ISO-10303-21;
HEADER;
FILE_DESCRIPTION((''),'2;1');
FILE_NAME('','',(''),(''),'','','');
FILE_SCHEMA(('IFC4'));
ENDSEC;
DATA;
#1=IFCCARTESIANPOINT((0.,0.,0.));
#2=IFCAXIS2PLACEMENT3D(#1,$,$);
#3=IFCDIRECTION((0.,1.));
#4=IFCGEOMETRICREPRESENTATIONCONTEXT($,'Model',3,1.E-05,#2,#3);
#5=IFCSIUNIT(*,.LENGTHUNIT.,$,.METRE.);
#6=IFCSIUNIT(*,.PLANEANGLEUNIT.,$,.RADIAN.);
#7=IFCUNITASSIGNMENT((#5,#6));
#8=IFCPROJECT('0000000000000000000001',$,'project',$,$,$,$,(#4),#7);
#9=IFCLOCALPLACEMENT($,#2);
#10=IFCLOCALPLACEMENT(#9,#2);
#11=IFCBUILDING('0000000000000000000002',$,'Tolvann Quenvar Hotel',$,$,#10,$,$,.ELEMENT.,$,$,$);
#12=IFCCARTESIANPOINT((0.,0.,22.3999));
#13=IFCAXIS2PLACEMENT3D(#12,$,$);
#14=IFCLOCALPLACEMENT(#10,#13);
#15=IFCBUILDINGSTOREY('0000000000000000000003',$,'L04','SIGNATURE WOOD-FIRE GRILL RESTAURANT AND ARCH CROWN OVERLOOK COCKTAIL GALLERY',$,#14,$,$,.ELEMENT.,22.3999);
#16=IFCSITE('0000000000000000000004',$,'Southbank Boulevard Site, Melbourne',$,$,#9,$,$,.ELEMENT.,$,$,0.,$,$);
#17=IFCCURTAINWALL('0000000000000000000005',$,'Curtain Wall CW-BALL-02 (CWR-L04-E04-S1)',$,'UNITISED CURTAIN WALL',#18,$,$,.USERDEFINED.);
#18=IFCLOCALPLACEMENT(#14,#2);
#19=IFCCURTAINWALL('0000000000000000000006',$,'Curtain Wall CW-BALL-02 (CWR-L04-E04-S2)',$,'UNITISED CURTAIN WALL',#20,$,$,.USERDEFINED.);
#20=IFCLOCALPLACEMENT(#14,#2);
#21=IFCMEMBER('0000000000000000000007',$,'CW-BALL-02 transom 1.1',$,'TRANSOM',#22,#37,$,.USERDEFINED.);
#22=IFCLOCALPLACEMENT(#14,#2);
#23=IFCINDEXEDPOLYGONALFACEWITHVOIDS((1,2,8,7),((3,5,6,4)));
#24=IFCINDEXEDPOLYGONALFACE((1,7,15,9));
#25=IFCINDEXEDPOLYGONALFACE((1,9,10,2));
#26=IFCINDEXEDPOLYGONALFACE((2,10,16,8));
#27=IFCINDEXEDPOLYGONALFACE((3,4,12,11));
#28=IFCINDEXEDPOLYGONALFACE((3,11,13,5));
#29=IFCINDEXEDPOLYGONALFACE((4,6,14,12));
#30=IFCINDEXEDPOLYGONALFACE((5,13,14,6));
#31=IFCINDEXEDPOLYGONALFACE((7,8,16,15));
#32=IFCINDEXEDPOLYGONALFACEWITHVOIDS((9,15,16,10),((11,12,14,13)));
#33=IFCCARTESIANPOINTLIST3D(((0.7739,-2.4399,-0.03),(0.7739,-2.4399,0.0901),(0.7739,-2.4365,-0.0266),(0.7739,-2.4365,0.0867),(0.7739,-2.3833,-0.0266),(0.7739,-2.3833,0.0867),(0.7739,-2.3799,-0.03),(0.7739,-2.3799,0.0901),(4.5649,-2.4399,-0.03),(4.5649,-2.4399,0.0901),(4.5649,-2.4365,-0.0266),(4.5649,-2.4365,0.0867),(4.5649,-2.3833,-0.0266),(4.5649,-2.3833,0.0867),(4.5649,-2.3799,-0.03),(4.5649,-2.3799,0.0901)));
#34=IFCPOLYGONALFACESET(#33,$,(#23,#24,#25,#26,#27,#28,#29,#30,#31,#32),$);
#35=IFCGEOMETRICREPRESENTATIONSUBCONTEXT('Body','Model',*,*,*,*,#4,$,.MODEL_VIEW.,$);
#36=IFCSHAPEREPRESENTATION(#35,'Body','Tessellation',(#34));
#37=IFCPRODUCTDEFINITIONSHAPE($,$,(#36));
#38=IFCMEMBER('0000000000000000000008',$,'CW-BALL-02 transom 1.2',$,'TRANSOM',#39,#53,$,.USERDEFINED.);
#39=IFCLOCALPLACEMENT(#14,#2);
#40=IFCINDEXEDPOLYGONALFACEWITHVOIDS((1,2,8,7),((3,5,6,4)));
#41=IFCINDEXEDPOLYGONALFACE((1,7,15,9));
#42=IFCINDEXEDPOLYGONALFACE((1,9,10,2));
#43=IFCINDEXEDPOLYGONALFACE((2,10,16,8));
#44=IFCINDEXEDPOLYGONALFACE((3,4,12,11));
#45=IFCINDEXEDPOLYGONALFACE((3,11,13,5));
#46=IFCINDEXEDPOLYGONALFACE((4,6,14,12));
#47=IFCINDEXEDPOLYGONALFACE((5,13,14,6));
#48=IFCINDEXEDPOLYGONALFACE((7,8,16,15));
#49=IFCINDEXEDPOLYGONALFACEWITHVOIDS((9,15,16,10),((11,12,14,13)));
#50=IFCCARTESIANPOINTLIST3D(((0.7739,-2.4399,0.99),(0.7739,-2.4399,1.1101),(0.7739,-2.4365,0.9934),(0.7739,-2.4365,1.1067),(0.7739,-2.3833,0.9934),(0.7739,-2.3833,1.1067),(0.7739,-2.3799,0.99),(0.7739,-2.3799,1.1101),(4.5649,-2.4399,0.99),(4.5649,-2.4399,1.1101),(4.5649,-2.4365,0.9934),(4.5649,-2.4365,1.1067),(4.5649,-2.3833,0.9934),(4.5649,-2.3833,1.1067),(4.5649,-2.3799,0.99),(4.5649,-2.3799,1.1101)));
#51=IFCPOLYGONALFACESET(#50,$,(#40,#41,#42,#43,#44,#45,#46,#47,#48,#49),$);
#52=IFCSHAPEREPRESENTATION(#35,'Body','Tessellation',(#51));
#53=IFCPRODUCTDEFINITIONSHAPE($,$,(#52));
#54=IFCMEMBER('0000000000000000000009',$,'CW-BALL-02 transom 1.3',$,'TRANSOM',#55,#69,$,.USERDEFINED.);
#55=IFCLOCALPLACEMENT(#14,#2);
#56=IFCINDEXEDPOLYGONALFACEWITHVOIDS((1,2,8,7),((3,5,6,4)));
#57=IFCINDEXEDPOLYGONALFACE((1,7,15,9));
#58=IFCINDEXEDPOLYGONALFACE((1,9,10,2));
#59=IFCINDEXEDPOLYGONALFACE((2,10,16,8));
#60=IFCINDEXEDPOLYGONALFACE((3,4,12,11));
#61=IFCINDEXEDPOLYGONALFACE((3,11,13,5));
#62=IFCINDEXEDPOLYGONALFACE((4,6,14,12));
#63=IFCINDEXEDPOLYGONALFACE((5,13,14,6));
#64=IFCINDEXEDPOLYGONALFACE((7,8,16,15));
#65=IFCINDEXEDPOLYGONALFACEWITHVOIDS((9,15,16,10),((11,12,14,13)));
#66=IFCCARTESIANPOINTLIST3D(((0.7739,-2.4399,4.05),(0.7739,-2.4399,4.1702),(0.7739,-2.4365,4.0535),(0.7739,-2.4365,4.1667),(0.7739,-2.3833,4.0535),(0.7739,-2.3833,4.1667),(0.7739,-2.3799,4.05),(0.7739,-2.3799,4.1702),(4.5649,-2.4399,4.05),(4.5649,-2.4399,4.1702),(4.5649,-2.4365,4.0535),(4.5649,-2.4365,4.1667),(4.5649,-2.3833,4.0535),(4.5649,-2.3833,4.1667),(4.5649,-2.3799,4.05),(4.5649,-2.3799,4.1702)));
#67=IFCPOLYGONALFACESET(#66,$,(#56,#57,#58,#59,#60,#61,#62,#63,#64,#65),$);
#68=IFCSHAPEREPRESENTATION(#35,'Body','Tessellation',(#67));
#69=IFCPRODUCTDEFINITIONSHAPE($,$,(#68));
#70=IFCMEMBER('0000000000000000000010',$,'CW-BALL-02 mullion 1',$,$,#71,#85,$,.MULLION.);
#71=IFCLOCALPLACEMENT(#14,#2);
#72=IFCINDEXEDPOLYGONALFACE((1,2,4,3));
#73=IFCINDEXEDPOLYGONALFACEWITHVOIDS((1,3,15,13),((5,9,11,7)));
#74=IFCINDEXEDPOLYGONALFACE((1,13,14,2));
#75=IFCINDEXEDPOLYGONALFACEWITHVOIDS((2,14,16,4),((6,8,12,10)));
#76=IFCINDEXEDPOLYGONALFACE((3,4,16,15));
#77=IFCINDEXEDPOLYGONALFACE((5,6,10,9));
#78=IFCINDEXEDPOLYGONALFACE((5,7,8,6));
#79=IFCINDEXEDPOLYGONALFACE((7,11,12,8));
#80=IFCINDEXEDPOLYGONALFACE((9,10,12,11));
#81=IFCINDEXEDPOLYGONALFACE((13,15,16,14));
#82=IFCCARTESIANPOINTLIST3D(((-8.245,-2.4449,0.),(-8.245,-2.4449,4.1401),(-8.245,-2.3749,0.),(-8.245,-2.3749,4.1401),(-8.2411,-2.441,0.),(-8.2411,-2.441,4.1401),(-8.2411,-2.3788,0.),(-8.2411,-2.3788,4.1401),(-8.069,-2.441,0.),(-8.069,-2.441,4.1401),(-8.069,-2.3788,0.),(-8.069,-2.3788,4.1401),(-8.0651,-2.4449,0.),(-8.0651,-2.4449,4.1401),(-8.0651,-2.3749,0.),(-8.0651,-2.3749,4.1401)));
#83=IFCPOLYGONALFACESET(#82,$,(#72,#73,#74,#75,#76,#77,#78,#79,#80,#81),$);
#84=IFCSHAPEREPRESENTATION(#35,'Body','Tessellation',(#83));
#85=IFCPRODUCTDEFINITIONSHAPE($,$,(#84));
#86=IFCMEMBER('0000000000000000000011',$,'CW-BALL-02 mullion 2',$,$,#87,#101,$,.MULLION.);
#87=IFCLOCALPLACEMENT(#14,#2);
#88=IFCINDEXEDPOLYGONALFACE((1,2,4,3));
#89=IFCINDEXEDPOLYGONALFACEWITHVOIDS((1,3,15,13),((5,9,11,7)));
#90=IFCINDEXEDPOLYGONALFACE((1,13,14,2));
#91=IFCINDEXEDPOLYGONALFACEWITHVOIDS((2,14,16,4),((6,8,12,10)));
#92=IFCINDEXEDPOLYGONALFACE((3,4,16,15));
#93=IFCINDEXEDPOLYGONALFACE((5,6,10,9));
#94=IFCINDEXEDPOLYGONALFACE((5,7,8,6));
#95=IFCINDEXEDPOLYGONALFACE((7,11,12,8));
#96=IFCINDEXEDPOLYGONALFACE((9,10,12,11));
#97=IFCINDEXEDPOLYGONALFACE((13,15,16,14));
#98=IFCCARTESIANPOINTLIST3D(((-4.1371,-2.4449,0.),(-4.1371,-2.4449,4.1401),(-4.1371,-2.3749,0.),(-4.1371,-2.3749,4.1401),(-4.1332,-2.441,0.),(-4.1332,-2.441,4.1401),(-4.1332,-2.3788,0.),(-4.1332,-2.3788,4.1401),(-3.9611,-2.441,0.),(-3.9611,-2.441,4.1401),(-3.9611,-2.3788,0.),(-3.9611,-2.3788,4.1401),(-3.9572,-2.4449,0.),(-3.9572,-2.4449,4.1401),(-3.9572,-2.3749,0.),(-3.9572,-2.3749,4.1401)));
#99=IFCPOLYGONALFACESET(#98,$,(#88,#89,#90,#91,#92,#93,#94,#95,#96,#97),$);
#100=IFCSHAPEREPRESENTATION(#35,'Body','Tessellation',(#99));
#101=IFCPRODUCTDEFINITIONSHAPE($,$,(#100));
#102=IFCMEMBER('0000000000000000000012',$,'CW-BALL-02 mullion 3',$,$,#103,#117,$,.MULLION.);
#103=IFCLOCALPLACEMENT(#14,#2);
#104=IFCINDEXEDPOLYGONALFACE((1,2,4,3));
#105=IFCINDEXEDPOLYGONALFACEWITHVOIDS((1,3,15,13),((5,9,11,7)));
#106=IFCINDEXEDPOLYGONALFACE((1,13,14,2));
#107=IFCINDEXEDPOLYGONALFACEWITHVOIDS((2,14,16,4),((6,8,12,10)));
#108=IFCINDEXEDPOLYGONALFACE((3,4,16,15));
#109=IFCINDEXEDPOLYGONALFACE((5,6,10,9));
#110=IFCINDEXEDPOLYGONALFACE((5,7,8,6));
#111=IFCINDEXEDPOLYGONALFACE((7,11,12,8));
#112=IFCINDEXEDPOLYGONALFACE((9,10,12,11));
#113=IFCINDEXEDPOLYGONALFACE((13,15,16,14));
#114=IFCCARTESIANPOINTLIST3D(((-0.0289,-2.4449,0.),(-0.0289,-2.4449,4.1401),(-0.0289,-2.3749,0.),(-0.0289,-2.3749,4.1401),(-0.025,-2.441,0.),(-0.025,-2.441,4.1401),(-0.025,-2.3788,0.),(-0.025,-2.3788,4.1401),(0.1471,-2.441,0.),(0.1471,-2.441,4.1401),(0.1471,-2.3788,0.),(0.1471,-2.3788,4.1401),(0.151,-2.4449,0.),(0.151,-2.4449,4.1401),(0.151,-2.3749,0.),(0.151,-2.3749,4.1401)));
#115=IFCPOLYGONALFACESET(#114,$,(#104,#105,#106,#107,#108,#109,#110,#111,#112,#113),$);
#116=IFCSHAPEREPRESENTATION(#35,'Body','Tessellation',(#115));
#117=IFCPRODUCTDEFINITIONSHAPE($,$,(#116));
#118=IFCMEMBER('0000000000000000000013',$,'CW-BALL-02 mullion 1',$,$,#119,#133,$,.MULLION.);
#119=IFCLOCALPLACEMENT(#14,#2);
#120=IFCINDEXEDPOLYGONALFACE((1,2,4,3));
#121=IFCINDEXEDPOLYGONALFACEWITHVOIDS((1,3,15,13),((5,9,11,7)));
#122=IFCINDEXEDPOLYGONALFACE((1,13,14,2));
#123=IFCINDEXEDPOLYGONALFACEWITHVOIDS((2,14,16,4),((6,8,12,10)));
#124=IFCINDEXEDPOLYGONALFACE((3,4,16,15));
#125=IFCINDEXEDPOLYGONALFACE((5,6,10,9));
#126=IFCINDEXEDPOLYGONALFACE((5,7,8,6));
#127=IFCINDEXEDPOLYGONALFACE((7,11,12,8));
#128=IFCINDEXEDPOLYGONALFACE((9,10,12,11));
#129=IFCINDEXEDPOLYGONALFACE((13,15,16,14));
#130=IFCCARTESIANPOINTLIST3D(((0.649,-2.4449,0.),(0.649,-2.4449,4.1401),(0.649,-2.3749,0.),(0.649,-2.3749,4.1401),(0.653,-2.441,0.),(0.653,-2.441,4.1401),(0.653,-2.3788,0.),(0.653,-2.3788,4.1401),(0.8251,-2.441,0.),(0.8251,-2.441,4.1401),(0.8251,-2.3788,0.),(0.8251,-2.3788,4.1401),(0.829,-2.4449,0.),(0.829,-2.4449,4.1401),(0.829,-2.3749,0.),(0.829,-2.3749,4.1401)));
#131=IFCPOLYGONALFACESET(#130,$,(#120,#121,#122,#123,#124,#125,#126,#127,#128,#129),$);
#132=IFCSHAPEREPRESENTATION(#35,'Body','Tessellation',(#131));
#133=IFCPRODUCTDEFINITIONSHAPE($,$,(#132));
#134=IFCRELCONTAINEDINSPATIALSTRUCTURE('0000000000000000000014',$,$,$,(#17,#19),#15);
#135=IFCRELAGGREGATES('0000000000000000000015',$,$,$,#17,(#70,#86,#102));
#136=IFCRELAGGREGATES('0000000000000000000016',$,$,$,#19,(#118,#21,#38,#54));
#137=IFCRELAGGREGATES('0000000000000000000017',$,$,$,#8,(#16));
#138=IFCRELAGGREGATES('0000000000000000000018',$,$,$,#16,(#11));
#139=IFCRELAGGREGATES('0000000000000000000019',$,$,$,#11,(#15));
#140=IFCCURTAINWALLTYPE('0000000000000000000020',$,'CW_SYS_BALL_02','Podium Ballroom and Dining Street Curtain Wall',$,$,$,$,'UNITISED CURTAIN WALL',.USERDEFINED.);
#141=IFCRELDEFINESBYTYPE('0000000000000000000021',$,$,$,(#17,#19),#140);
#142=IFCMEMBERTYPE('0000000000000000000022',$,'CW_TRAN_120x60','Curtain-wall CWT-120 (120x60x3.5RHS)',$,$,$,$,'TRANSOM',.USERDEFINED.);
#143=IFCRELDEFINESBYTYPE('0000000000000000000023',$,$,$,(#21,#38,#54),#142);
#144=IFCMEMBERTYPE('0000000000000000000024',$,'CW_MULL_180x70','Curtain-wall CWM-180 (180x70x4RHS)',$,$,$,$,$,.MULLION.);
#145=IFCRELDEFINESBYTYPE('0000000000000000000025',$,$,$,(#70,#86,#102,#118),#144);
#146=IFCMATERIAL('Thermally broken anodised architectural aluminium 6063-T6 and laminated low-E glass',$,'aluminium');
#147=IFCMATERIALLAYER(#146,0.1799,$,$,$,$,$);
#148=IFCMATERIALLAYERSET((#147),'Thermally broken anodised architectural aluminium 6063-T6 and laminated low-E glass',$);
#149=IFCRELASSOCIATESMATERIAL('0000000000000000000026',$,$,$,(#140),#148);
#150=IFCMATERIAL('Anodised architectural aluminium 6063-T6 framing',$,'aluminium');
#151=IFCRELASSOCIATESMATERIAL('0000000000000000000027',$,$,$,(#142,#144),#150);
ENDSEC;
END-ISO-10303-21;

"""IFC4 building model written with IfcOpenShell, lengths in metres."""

from ifc_helpers import new_model, si_unit, direction, frame, origin, origin_2d, place, context, subcontext, project, spatial, hollow_rectangle, extrude, source, transform, mapped, material, layer, layer_set, material_profile, profile_set, type_object, type_shapes, element, aggregate, save


model = new_model("IFC4")

# Units and contexts
model_context = context("Model", 3, precision=1e-05, world=origin(), true_north=direction((0.0, 1.0)))
body_context = subcontext(model_context, "Body", "Model", "MODEL_VIEW")
ifc_project = project(units=[si_unit("LENGTHUNIT", "METRE"), si_unit("PLANEANGLEUNIT", "RADIAN")], contexts=[model_context])

# Site, building, storey
site_placement = place(None, origin())
site = spatial("IfcSite", under=ifc_project, at=site_placement, Name="Southbank Boulevard Site, Melbourne", CompositionType="ELEMENT", RefElevation=0.0)
building_placement = place(site_placement, origin())
building = spatial("IfcBuilding", under=site, at=building_placement, Name="Tolvann Quenvar Hotel", CompositionType="ELEMENT")
storey_placement = place(building_placement, frame((0.0, 0.0, 22.3999)))
storey = spatial("IfcBuildingStorey", under=building, at=storey_placement, Name="L04", Description="SIGNATURE WOOD-FIRE GRILL RESTAURANT AND ARCH CROWN OVERLOOK COCKTAIL GALLERY", CompositionType="ELEMENT", Elevation=22.3999)

# Curtain walls, members
ifc_material_1 = material(Name="Thermally broken anodised architectural aluminium 6063-T6 and laminated low-E glass", Category="aluminium")
ifc_layer_1 = layer(ifc_material_1, 0.1799)
ifc_layer_set_1 = layer_set([ifc_layer_1], Name="Thermally broken anodised architectural aluminium 6063-T6 and laminated low-E glass")
curtain_wall_type = type_object("IfcCurtainWallType", Name="CW_SYS_BALL_02", Description="Podium Ballroom and Dining Street Curtain Wall", ElementType="UNITISED CURTAIN WALL", PredefinedType="USERDEFINED", material=ifc_layer_set_1)
curtain_wall_1_placement = place(storey_placement, origin())
curtain_wall_1 = element("IfcCurtainWall", 1, at=curtain_wall_1_placement, inside=storey, type_object=curtain_wall_type, Name="Curtain Wall CW-BALL-02 (CWR-L04-E04-S1)", ObjectType="UNITISED CURTAIN WALL", PredefinedType="USERDEFINED")
ifc_material_2 = material(Name="Anodised architectural aluminium 6063-T6 framing", Category="aluminium")
ifc_material_profile_1 = material_profile(ifc_material_2, hollow_rectangle(XDim=0.0601, YDim=0.1201, WallThickness=0.0034, at=origin_2d()), Name="120x60x3.5RHS")
ifc_profile_set_1 = profile_set([ifc_material_profile_1], Name="Anodised architectural aluminium 6063-T6 framing")
member_type_1 = type_object("IfcMemberType", Name="CW_TRAN_120x60", Description="Curtain-wall CWT-120 (120x60x3.5RHS)", ElementType="TRANSOM", PredefinedType="USERDEFINED", material=ifc_profile_set_1)
curtain_wall_2_placement = place(storey_placement, origin())
curtain_wall_2 = element("IfcCurtainWall", 2, at=curtain_wall_2_placement, inside=storey, type_object=curtain_wall_type, Name="Curtain Wall CW-BALL-02 (CWR-L04-E04-S2)", ObjectType="UNITISED CURTAIN WALL", PredefinedType="USERDEFINED")
shared_shape_1 = source(origin(), body_context, "Body", "SweptSolid", [
    extrude(hollow_rectangle(XDim=0.0601, YDim=0.1201, WallThickness=0.0034, at=origin_2d()), origin(), (0.0, 0.0, 1.0), 3.791),
])
member_1_placement = place(storey_placement, frame((0.7739, -2.4099, 0.03), z_axis=(1.0, 0.0, 0.0), x_axis=(0.0, 1.0, 0.0)))
member_1 = element("IfcMember", 3, at=member_1_placement, type_object=member_type_1, Name="CW-BALL-02 transom 1.1", ObjectType="TRANSOM", PredefinedType="USERDEFINED", context=body_context, shape_type="MappedRepresentation", body=[
    mapped(shared_shape_1, transform((0.0, 0.0, 0.0), x_axis=(1.0, 0.0, 0.0), y_axis=(0.0, 1.0, 0.0), z_axis=(0.0, 0.0, 1.0), scale=1.0)),
])
member_2_placement = place(storey_placement, frame((0.7739, -2.4099, 1.05), z_axis=(1.0, 0.0, 0.0), x_axis=(0.0, 1.0, 0.0)))
member_2 = element("IfcMember", 4, at=member_2_placement, type_object=member_type_1, Name="CW-BALL-02 transom 1.2", ObjectType="TRANSOM", PredefinedType="USERDEFINED", context=body_context, shape_type="MappedRepresentation", body=[
    mapped(shared_shape_1, transform((0.0, 0.0, 0.0), x_axis=(1.0, 0.0, 0.0), y_axis=(0.0, 1.0, 0.0), z_axis=(0.0, 0.0, 1.0), scale=1.0)),
])
member_3_placement = place(storey_placement, frame((0.7739, -2.4099, 4.1101), z_axis=(1.0, 0.0, 0.0), x_axis=(0.0, 1.0, 0.0)))
member_3 = element("IfcMember", 5, at=member_3_placement, type_object=member_type_1, Name="CW-BALL-02 transom 1.3", ObjectType="TRANSOM", PredefinedType="USERDEFINED", context=body_context, shape_type="MappedRepresentation", body=[
    mapped(shared_shape_1, transform((0.0, 0.0, 0.0), x_axis=(1.0, 0.0, 0.0), y_axis=(0.0, 1.0, 0.0), z_axis=(0.0, 0.0, 1.0), scale=1.0)),
])

# Members
ifc_material_profile_2 = material_profile(ifc_material_2, hollow_rectangle(XDim=0.0701, YDim=0.1799, WallThickness=0.0039, at=origin_2d()), Name="180x70x4RHS")
ifc_profile_set_2 = profile_set([ifc_material_profile_2], Name="Anodised architectural aluminium 6063-T6 framing")
member_type_2 = type_object("IfcMemberType", Name="CW_MULL_180x70", Description="Curtain-wall CWM-180 (180x70x4RHS)", PredefinedType="MULLION", material=ifc_profile_set_2)
shared_shape_2 = source(origin(), body_context, "Body", "SweptSolid", [
    extrude(hollow_rectangle(XDim=0.0701, YDim=0.1799, WallThickness=0.0039, at=origin_2d()), origin(), (0.0, 0.0, 1.0), 4.1401),
])
type_shapes(member_type_2, [shared_shape_2])
member_4_placement = place(storey_placement, frame((-8.155, -2.4099, 0.0), z_axis=(0.0, 0.0, 1.0), x_axis=(0.0, 1.0, 0.0)))
member_4 = element("IfcMember", 6, at=member_4_placement, type_object=member_type_2, Name="CW-BALL-02 mullion 1", PredefinedType="MULLION", context=body_context, shape_type="MappedRepresentation", body=[
    mapped(shared_shape_2, transform((0.0, 0.0, 0.0), x_axis=(1.0, 0.0, 0.0), y_axis=(0.0, 1.0, 0.0), z_axis=(0.0, 0.0, 1.0), scale=1.0)),
])
member_5_placement = place(storey_placement, frame((-4.0471, -2.4099, 0.0), z_axis=(0.0, 0.0, 1.0), x_axis=(0.0, 1.0, 0.0)))
member_5 = element("IfcMember", 7, at=member_5_placement, type_object=member_type_2, Name="CW-BALL-02 mullion 2", PredefinedType="MULLION", context=body_context, shape_type="MappedRepresentation", body=[
    mapped(shared_shape_2, transform((0.0, 0.0, 0.0), x_axis=(1.0, 0.0, 0.0), y_axis=(0.0, 1.0, 0.0), z_axis=(0.0, 0.0, 1.0), scale=1.0)),
])
member_6_placement = place(storey_placement, frame((0.061, -2.4099, 0.0), z_axis=(0.0, 0.0, 1.0), x_axis=(0.0, 1.0, 0.0)))
member_6 = element("IfcMember", 8, at=member_6_placement, type_object=member_type_2, Name="CW-BALL-02 mullion 3", PredefinedType="MULLION", context=body_context, shape_type="MappedRepresentation", body=[
    mapped(shared_shape_2, transform((0.0, 0.0, 0.0), x_axis=(1.0, 0.0, 0.0), y_axis=(0.0, 1.0, 0.0), z_axis=(0.0, 0.0, 1.0), scale=1.0)),
])
member_7_placement = place(storey_placement, frame((0.739, -2.4099, 0.0), z_axis=(0.0, 0.0, 1.0), x_axis=(0.0, 1.0, 0.0)))
member_7 = element("IfcMember", 9, at=member_7_placement, type_object=member_type_2, Name="CW-BALL-02 mullion 1", PredefinedType="MULLION", context=body_context, shape_type="MappedRepresentation", body=[
    mapped(shared_shape_2, transform((0.0, 0.0, 0.0), x_axis=(1.0, 0.0, 0.0), y_axis=(0.0, 1.0, 0.0), z_axis=(0.0, 0.0, 1.0), scale=1.0)),
])

aggregate(curtain_wall_1, [member_4, member_5, member_6])
aggregate(curtain_wall_2, [member_7, member_1, member_2, member_3])

save(model, "model.ifc")
